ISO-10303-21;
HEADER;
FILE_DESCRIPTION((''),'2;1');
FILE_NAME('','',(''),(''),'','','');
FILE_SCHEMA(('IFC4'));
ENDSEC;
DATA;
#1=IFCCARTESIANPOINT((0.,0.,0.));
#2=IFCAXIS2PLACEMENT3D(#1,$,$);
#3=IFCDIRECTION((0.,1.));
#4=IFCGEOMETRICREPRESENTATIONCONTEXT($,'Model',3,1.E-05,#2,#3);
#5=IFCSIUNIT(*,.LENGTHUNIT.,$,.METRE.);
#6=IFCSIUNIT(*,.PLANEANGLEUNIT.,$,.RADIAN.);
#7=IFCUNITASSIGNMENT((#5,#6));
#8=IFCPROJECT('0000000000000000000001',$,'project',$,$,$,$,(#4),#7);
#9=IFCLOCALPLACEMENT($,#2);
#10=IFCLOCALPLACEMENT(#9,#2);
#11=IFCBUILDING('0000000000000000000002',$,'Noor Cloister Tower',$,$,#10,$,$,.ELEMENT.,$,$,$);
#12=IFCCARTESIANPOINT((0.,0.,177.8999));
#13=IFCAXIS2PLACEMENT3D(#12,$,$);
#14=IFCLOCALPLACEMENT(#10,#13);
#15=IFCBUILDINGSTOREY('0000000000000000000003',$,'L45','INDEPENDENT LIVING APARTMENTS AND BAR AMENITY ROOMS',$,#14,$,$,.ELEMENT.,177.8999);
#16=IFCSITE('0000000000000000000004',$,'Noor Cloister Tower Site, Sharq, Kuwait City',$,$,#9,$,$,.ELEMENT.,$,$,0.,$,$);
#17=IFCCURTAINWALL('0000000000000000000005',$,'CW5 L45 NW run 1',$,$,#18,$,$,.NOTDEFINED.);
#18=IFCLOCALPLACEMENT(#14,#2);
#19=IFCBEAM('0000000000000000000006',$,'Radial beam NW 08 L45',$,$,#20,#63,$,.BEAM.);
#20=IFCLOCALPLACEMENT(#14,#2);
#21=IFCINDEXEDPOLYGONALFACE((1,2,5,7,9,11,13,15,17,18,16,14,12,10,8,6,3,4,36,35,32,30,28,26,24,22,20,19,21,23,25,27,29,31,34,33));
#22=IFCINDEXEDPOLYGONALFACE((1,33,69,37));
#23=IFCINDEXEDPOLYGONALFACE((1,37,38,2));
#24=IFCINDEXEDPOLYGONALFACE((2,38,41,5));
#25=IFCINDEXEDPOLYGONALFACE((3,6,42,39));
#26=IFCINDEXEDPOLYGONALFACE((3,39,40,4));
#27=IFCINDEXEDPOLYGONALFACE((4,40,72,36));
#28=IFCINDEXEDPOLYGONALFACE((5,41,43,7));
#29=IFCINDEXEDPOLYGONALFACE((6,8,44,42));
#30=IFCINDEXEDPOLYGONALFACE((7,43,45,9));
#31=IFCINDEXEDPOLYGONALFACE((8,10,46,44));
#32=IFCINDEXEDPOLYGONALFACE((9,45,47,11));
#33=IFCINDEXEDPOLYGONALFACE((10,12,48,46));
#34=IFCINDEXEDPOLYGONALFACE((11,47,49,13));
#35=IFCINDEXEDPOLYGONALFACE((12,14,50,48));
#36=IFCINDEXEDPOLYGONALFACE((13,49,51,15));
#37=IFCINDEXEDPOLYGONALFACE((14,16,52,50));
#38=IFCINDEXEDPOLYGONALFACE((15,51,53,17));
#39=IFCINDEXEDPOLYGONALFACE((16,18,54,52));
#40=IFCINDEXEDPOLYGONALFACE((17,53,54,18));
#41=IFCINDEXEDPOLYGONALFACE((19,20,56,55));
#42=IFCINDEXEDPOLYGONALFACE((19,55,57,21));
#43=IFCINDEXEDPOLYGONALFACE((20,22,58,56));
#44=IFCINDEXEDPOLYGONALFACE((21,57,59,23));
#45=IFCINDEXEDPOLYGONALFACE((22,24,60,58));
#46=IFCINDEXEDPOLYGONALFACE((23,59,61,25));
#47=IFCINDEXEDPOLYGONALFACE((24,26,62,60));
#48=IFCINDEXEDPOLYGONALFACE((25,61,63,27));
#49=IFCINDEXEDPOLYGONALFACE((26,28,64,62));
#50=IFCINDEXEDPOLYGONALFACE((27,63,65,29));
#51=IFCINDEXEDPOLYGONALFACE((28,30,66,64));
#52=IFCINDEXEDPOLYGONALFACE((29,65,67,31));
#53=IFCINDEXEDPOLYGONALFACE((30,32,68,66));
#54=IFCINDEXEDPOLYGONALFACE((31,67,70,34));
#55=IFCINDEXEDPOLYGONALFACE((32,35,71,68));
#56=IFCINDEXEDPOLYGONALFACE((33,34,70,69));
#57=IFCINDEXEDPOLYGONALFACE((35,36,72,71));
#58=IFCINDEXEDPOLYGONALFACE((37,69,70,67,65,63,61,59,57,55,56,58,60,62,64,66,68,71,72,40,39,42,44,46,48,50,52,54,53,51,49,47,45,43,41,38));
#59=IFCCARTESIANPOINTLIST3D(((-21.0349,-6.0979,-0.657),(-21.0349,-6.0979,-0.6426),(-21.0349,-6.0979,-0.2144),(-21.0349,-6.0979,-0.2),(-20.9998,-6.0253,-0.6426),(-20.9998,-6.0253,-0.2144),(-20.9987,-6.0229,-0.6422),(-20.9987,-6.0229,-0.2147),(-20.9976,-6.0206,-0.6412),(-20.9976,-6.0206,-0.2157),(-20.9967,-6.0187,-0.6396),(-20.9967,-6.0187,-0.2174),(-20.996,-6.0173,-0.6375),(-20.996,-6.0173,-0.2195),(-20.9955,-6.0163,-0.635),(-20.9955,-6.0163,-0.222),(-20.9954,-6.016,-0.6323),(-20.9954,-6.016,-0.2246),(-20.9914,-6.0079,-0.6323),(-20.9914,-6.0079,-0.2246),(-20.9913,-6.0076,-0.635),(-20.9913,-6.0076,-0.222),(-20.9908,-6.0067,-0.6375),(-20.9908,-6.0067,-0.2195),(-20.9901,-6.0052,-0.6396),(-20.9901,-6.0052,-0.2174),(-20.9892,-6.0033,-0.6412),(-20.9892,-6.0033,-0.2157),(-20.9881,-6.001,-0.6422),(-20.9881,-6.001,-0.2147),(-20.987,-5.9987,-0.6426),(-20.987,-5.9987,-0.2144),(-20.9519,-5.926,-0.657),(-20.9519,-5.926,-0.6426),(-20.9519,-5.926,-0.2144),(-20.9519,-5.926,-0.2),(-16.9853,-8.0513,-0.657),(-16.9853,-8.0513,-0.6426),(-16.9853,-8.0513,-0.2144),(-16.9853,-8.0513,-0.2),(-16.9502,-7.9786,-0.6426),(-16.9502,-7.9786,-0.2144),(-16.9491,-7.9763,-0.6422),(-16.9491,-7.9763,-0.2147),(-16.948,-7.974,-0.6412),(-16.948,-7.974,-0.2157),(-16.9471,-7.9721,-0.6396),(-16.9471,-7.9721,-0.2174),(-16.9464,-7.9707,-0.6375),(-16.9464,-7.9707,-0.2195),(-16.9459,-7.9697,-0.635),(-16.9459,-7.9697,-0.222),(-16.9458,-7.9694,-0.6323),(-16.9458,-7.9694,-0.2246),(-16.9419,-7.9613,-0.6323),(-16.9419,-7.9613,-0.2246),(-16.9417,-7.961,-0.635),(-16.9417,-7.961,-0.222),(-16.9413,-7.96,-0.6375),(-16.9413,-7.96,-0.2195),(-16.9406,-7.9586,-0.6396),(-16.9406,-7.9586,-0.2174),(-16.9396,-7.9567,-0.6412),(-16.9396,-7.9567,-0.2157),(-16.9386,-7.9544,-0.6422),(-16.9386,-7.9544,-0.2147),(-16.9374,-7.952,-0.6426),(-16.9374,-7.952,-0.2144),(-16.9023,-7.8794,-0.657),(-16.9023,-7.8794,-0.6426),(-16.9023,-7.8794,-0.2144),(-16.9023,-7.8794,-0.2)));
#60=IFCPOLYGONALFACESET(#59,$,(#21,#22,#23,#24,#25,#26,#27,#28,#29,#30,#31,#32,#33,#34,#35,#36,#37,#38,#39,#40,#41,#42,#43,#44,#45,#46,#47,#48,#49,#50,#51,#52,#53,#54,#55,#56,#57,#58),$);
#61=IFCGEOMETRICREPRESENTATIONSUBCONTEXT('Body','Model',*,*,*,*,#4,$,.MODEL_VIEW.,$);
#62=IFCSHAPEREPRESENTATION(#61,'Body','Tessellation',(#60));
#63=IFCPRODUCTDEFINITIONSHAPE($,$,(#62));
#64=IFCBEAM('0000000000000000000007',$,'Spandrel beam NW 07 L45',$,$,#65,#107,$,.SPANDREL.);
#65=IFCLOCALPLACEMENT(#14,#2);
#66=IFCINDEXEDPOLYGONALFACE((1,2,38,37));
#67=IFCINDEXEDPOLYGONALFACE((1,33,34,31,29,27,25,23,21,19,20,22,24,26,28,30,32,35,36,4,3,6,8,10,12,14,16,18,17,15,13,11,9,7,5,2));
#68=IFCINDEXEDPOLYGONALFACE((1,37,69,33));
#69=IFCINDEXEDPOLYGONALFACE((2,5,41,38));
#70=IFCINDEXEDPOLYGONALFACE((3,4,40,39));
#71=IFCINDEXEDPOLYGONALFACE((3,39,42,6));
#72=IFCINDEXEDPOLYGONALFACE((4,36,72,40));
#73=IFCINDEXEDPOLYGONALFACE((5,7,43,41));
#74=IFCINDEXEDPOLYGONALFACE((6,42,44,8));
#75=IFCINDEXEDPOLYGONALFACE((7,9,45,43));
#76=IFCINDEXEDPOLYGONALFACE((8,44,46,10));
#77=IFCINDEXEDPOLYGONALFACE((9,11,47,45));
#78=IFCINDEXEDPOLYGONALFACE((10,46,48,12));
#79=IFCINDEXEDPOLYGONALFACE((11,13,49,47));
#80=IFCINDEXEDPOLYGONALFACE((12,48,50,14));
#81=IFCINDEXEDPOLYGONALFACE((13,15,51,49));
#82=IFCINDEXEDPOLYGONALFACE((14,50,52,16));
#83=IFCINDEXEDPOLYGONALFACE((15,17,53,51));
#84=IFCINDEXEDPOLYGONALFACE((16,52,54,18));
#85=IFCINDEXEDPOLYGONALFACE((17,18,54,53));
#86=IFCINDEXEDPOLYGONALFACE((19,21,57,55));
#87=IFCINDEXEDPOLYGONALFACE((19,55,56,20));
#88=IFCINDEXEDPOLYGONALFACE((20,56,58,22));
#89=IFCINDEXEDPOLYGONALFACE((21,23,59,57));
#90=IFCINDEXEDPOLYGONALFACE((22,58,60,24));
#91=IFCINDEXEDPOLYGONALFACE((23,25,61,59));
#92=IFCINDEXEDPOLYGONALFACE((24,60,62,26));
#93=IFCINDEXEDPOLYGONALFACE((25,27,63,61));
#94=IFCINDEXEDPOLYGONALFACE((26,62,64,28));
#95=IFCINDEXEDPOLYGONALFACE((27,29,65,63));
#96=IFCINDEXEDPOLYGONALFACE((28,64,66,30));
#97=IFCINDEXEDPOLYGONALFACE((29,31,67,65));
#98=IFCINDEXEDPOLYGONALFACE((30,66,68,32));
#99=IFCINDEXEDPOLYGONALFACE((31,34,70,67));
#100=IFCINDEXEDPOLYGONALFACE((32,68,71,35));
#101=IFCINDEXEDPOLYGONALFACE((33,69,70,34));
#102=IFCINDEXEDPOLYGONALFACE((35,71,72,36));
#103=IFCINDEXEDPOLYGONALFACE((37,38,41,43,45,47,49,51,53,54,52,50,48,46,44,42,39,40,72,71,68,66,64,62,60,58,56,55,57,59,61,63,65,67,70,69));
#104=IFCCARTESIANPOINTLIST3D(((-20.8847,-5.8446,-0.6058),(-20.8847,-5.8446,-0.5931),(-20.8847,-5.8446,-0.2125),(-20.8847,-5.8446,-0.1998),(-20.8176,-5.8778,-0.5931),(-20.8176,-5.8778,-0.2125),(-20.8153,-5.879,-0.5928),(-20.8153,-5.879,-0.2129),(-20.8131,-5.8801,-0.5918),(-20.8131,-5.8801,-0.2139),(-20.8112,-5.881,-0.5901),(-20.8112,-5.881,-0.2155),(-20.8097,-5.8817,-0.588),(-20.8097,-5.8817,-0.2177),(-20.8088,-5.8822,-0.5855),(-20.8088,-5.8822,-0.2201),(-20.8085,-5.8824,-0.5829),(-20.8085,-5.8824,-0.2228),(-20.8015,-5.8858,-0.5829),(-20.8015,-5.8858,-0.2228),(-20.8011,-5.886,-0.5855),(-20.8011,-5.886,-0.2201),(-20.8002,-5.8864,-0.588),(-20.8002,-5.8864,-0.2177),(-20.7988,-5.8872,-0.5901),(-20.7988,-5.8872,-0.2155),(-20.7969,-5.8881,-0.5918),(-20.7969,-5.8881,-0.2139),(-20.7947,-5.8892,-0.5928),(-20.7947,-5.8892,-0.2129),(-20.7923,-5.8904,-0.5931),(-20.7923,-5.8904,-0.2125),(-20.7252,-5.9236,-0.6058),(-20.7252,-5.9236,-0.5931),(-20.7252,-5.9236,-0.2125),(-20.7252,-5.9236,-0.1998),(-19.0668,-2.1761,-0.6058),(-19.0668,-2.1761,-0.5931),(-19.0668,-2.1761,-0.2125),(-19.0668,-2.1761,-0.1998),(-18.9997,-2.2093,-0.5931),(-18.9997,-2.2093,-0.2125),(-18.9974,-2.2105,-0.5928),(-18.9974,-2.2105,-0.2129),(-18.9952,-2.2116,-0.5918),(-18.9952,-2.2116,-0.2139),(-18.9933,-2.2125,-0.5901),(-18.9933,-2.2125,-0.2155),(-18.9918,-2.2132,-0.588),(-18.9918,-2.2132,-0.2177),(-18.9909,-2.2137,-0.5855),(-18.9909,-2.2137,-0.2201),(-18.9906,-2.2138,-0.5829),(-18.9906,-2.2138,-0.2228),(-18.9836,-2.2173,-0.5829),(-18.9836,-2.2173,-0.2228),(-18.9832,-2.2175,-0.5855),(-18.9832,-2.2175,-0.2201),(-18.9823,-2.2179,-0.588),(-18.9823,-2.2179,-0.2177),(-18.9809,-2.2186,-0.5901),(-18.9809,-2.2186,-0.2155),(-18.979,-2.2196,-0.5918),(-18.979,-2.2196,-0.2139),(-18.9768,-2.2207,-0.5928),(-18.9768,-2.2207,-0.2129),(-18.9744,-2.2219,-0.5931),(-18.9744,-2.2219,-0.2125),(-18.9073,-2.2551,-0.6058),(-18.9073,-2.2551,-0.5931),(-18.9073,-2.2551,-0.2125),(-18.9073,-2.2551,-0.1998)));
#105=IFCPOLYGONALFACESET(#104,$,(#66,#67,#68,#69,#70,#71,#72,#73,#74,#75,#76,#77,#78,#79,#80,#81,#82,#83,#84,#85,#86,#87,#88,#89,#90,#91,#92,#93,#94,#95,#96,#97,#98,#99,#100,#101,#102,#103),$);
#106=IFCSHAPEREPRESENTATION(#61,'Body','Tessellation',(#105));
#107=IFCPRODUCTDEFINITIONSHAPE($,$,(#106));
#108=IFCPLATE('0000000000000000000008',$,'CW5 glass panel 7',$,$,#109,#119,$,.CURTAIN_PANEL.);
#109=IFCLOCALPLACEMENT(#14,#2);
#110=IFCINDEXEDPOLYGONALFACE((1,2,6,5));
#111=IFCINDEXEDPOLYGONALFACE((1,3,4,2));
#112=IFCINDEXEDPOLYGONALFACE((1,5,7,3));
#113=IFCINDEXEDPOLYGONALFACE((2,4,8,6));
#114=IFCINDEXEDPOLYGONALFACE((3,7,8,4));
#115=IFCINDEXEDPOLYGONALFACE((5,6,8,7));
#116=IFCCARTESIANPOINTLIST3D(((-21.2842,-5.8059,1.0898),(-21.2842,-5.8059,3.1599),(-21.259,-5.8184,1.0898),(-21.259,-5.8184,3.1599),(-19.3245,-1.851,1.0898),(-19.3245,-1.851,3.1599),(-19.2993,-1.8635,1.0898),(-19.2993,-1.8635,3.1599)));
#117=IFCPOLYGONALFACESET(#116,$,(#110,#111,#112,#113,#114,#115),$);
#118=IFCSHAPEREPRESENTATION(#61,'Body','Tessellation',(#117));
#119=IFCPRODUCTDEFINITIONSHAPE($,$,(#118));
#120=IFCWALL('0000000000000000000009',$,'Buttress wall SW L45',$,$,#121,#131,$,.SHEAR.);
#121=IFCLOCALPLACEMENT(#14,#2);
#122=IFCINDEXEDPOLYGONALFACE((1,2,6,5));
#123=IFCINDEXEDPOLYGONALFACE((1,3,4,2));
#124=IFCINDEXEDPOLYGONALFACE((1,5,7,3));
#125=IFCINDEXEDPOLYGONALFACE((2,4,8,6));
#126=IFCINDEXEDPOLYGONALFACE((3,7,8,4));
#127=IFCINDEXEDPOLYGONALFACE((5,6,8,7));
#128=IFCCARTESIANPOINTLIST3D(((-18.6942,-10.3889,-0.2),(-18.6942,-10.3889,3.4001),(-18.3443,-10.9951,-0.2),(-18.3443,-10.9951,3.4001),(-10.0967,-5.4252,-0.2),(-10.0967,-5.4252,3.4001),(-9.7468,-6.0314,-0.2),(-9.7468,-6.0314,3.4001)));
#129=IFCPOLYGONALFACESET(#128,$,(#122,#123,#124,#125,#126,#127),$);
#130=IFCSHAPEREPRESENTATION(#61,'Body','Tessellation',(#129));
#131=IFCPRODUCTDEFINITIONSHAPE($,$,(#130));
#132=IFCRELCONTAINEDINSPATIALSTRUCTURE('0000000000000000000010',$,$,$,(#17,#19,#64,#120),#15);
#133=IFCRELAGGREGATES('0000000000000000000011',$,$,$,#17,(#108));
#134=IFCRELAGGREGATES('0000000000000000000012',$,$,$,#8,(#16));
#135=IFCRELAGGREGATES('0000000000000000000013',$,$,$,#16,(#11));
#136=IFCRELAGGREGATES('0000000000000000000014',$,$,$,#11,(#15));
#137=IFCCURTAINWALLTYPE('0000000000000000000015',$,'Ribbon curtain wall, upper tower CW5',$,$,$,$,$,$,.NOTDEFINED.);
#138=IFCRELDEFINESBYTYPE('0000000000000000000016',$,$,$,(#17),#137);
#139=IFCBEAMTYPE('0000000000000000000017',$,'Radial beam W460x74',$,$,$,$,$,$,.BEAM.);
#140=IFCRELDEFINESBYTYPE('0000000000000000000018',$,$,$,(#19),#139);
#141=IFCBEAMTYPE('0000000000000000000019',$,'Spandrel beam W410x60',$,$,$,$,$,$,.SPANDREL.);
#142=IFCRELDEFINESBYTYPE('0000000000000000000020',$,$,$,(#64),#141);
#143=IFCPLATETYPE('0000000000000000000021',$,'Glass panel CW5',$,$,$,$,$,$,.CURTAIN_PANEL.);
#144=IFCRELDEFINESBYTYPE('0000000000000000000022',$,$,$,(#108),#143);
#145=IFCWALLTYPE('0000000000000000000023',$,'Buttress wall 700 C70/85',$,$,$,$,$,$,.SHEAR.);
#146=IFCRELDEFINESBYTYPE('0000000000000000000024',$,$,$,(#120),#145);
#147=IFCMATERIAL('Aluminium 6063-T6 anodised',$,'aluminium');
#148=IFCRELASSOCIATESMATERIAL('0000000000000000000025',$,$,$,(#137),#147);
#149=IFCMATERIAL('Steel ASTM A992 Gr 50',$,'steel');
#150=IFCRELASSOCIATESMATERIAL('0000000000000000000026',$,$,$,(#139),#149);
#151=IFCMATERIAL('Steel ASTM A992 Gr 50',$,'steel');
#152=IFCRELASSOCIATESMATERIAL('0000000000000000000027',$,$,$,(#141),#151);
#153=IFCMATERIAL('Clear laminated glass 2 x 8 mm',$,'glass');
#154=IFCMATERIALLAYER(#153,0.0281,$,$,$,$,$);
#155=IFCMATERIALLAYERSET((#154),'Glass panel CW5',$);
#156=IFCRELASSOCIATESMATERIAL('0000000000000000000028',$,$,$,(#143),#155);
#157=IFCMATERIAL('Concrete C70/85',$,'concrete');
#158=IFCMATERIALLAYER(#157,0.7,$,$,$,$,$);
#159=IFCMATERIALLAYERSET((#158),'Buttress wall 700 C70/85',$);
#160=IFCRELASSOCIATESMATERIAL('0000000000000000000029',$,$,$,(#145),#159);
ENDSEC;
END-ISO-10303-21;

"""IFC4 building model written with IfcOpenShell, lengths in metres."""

from ifc_helpers import new_model, si_unit, direction, frame, frame_2d, origin, origin_2d, place, context, subcontext, project, spatial, rectangle, i_section, extrude, material, layer, layer_set, material_profile, profile_set, type_object, element, aggregate, save


model = new_model("IFC4")

# Units and contexts
model_context = context("Model", 3, precision=1e-05, world=origin(), true_north=direction((0.0, 1.0)))
body_context = subcontext(model_context, "Body", "Model", "MODEL_VIEW")
ifc_project = project(units=[si_unit("LENGTHUNIT", "METRE"), si_unit("PLANEANGLEUNIT", "RADIAN")], contexts=[model_context])

# Site, building, storey
site_placement = place(None, origin())
site = spatial("IfcSite", under=ifc_project, at=site_placement, Name="Noor Cloister Tower Site, Sharq, Kuwait City", CompositionType="ELEMENT", RefElevation=0.0)
building_placement = place(site_placement, origin())
building = spatial("IfcBuilding", under=site, at=building_placement, Name="Noor Cloister Tower", CompositionType="ELEMENT")
storey_placement = place(building_placement, frame((0.0, 0.0, 177.8999)))
storey = spatial("IfcBuildingStorey", under=building, at=storey_placement, Name="L45", Description="INDEPENDENT LIVING APARTMENTS AND BAR AMENITY ROOMS", CompositionType="ELEMENT", Elevation=177.8999)

# Curtain wall
ifc_material_1 = material(Name="Aluminium 6063-T6 anodised", Category="aluminium")
curtain_wall_type = type_object("IfcCurtainWallType", Name="Ribbon curtain wall, upper tower CW5", PredefinedType="NOTDEFINED", material=ifc_material_1)
curtain_wall_placement = place(storey_placement, origin())
curtain_wall = element("IfcCurtainWall", 1, at=curtain_wall_placement, inside=storey, type_object=curtain_wall_type, Name="CW5 L45 NW run 1", PredefinedType="NOTDEFINED")

# Beams
ifc_material_2 = material(Name="Steel ASTM A992 Gr 50", Category="steel")
ifc_material_profile_1 = material_profile(ifc_material_2, i_section(OverallWidth=0.1909, OverallDepth=0.457, WebThickness=0.009, FlangeThickness=0.0144, FilletRadius=0.0103, at=origin_2d()), Name="W460x74")
ifc_profile_set_1 = profile_set([ifc_material_profile_1], Name="Steel ASTM A992 Gr 50")
beam_type_1 = type_object("IfcBeamType", Name="Radial beam W460x74", PredefinedType="BEAM", material=ifc_profile_set_1)
beam_1_placement = place(storey_placement, frame((-20.9934, -6.012, -0.4285), z_axis=(0.90069, -0.434462, 0.0), x_axis=(0.434462, 0.90069, 0.0)))
element("IfcBeam", 2, at=beam_1_placement, inside=storey, type_object=beam_type_1, Name="Radial beam NW 08 L45", PredefinedType="BEAM", context=body_context, shape_type="SweptSolid", body=[
    extrude(i_section(OverallWidth=0.1909, OverallDepth=0.457, WebThickness=0.009, FlangeThickness=0.0144, FilletRadius=0.0103, at=origin_2d()), origin(), (0.0, 0.0, 1.0), 4.4961),
])
ifc_material_3 = material(Name="Steel ASTM A992 Gr 50", Category="steel")
ifc_material_profile_2 = material_profile(ifc_material_3, i_section(OverallWidth=0.178, OverallDepth=0.406, WebThickness=0.0078, FlangeThickness=0.0127, FilletRadius=0.0103, at=origin_2d()), Name="W410x60")
ifc_profile_set_2 = profile_set([ifc_material_profile_2], Name="Steel ASTM A992 Gr 50")
beam_type_2 = type_object("IfcBeamType", Name="Spandrel beam W410x60", PredefinedType="SPANDREL", material=ifc_profile_set_2)
beam_2_placement = place(storey_placement, frame((-18.9871, -2.2156, -0.4028), z_axis=(-0.444015, -0.89602, 0.0), x_axis=(0.89602, -0.444015, 0.0)))
element("IfcBeam", 3, at=beam_2_placement, inside=storey, type_object=beam_type_2, Name="Spandrel beam NW 07 L45", PredefinedType="SPANDREL", context=body_context, shape_type="SweptSolid", body=[
    extrude(i_section(OverallWidth=0.178, OverallDepth=0.406, WebThickness=0.0078, FlangeThickness=0.0127, FilletRadius=0.0103, at=origin_2d()), origin(), (0.0, 0.0, 1.0), 4.0942),
])

# Plate
ifc_material_4 = material(Name="Clear laminated glass 2 x 8 mm", Category="glass")
ifc_layer_1 = layer(ifc_material_4, 0.0281)
ifc_layer_set_1 = layer_set([ifc_layer_1], Name="Glass panel CW5")
plate_type = type_object("IfcPlateType", Name="Glass panel CW5", PredefinedType="CURTAIN_PANEL", material=ifc_layer_set_1)
plate_placement = place(storey_placement, frame((-20.2917, -3.8347, 1.0898), z_axis=(0.0, 0.0, 1.0), x_axis=(-0.443997, -0.896029, 0.0)))
plate = element("IfcPlate", 4, at=plate_placement, type_object=plate_type, Name="CW5 glass panel 7", PredefinedType="CURTAIN_PANEL", context=body_context, shape_type="SweptSolid", body=[
    extrude(rectangle(XDim=4.4138, YDim=0.0281, at=origin_2d()), origin(), (0.0, 0.0, 1.0), 2.0701),
])
aggregate(curtain_wall, [plate])

# Wall
ifc_material_5 = material(Name="Concrete C70/85", Category="concrete")
ifc_layer_2 = layer(ifc_material_5, 0.7)
ifc_layer_set_2 = layer_set([ifc_layer_2], Name="Buttress wall 700 C70/85")
wall_type_1 = type_object("IfcWallType", Name="Buttress wall 700 C70/85", PredefinedType="SHEAR", material=ifc_layer_set_2)
wall_1_placement = place(storey_placement, frame((-9.9216, -5.7283, -0.2), z_axis=(0.0, 0.0, 1.0), x_axis=(-0.86603, -0.499993, 0.0)))
element("IfcWall", 5, at=wall_1_placement, inside=storey, type_object=wall_type_1, Name="Buttress wall SW L45", PredefinedType="SHEAR", context=body_context, shape_type="SweptSolid", body=[
    extrude(rectangle(XDim=9.9275, YDim=0.7, at=frame_2d((4.9639, 0.0))), origin(), (0.0, 0.0, 1.0), 3.6001),
])

save(model, "model.ifc")
